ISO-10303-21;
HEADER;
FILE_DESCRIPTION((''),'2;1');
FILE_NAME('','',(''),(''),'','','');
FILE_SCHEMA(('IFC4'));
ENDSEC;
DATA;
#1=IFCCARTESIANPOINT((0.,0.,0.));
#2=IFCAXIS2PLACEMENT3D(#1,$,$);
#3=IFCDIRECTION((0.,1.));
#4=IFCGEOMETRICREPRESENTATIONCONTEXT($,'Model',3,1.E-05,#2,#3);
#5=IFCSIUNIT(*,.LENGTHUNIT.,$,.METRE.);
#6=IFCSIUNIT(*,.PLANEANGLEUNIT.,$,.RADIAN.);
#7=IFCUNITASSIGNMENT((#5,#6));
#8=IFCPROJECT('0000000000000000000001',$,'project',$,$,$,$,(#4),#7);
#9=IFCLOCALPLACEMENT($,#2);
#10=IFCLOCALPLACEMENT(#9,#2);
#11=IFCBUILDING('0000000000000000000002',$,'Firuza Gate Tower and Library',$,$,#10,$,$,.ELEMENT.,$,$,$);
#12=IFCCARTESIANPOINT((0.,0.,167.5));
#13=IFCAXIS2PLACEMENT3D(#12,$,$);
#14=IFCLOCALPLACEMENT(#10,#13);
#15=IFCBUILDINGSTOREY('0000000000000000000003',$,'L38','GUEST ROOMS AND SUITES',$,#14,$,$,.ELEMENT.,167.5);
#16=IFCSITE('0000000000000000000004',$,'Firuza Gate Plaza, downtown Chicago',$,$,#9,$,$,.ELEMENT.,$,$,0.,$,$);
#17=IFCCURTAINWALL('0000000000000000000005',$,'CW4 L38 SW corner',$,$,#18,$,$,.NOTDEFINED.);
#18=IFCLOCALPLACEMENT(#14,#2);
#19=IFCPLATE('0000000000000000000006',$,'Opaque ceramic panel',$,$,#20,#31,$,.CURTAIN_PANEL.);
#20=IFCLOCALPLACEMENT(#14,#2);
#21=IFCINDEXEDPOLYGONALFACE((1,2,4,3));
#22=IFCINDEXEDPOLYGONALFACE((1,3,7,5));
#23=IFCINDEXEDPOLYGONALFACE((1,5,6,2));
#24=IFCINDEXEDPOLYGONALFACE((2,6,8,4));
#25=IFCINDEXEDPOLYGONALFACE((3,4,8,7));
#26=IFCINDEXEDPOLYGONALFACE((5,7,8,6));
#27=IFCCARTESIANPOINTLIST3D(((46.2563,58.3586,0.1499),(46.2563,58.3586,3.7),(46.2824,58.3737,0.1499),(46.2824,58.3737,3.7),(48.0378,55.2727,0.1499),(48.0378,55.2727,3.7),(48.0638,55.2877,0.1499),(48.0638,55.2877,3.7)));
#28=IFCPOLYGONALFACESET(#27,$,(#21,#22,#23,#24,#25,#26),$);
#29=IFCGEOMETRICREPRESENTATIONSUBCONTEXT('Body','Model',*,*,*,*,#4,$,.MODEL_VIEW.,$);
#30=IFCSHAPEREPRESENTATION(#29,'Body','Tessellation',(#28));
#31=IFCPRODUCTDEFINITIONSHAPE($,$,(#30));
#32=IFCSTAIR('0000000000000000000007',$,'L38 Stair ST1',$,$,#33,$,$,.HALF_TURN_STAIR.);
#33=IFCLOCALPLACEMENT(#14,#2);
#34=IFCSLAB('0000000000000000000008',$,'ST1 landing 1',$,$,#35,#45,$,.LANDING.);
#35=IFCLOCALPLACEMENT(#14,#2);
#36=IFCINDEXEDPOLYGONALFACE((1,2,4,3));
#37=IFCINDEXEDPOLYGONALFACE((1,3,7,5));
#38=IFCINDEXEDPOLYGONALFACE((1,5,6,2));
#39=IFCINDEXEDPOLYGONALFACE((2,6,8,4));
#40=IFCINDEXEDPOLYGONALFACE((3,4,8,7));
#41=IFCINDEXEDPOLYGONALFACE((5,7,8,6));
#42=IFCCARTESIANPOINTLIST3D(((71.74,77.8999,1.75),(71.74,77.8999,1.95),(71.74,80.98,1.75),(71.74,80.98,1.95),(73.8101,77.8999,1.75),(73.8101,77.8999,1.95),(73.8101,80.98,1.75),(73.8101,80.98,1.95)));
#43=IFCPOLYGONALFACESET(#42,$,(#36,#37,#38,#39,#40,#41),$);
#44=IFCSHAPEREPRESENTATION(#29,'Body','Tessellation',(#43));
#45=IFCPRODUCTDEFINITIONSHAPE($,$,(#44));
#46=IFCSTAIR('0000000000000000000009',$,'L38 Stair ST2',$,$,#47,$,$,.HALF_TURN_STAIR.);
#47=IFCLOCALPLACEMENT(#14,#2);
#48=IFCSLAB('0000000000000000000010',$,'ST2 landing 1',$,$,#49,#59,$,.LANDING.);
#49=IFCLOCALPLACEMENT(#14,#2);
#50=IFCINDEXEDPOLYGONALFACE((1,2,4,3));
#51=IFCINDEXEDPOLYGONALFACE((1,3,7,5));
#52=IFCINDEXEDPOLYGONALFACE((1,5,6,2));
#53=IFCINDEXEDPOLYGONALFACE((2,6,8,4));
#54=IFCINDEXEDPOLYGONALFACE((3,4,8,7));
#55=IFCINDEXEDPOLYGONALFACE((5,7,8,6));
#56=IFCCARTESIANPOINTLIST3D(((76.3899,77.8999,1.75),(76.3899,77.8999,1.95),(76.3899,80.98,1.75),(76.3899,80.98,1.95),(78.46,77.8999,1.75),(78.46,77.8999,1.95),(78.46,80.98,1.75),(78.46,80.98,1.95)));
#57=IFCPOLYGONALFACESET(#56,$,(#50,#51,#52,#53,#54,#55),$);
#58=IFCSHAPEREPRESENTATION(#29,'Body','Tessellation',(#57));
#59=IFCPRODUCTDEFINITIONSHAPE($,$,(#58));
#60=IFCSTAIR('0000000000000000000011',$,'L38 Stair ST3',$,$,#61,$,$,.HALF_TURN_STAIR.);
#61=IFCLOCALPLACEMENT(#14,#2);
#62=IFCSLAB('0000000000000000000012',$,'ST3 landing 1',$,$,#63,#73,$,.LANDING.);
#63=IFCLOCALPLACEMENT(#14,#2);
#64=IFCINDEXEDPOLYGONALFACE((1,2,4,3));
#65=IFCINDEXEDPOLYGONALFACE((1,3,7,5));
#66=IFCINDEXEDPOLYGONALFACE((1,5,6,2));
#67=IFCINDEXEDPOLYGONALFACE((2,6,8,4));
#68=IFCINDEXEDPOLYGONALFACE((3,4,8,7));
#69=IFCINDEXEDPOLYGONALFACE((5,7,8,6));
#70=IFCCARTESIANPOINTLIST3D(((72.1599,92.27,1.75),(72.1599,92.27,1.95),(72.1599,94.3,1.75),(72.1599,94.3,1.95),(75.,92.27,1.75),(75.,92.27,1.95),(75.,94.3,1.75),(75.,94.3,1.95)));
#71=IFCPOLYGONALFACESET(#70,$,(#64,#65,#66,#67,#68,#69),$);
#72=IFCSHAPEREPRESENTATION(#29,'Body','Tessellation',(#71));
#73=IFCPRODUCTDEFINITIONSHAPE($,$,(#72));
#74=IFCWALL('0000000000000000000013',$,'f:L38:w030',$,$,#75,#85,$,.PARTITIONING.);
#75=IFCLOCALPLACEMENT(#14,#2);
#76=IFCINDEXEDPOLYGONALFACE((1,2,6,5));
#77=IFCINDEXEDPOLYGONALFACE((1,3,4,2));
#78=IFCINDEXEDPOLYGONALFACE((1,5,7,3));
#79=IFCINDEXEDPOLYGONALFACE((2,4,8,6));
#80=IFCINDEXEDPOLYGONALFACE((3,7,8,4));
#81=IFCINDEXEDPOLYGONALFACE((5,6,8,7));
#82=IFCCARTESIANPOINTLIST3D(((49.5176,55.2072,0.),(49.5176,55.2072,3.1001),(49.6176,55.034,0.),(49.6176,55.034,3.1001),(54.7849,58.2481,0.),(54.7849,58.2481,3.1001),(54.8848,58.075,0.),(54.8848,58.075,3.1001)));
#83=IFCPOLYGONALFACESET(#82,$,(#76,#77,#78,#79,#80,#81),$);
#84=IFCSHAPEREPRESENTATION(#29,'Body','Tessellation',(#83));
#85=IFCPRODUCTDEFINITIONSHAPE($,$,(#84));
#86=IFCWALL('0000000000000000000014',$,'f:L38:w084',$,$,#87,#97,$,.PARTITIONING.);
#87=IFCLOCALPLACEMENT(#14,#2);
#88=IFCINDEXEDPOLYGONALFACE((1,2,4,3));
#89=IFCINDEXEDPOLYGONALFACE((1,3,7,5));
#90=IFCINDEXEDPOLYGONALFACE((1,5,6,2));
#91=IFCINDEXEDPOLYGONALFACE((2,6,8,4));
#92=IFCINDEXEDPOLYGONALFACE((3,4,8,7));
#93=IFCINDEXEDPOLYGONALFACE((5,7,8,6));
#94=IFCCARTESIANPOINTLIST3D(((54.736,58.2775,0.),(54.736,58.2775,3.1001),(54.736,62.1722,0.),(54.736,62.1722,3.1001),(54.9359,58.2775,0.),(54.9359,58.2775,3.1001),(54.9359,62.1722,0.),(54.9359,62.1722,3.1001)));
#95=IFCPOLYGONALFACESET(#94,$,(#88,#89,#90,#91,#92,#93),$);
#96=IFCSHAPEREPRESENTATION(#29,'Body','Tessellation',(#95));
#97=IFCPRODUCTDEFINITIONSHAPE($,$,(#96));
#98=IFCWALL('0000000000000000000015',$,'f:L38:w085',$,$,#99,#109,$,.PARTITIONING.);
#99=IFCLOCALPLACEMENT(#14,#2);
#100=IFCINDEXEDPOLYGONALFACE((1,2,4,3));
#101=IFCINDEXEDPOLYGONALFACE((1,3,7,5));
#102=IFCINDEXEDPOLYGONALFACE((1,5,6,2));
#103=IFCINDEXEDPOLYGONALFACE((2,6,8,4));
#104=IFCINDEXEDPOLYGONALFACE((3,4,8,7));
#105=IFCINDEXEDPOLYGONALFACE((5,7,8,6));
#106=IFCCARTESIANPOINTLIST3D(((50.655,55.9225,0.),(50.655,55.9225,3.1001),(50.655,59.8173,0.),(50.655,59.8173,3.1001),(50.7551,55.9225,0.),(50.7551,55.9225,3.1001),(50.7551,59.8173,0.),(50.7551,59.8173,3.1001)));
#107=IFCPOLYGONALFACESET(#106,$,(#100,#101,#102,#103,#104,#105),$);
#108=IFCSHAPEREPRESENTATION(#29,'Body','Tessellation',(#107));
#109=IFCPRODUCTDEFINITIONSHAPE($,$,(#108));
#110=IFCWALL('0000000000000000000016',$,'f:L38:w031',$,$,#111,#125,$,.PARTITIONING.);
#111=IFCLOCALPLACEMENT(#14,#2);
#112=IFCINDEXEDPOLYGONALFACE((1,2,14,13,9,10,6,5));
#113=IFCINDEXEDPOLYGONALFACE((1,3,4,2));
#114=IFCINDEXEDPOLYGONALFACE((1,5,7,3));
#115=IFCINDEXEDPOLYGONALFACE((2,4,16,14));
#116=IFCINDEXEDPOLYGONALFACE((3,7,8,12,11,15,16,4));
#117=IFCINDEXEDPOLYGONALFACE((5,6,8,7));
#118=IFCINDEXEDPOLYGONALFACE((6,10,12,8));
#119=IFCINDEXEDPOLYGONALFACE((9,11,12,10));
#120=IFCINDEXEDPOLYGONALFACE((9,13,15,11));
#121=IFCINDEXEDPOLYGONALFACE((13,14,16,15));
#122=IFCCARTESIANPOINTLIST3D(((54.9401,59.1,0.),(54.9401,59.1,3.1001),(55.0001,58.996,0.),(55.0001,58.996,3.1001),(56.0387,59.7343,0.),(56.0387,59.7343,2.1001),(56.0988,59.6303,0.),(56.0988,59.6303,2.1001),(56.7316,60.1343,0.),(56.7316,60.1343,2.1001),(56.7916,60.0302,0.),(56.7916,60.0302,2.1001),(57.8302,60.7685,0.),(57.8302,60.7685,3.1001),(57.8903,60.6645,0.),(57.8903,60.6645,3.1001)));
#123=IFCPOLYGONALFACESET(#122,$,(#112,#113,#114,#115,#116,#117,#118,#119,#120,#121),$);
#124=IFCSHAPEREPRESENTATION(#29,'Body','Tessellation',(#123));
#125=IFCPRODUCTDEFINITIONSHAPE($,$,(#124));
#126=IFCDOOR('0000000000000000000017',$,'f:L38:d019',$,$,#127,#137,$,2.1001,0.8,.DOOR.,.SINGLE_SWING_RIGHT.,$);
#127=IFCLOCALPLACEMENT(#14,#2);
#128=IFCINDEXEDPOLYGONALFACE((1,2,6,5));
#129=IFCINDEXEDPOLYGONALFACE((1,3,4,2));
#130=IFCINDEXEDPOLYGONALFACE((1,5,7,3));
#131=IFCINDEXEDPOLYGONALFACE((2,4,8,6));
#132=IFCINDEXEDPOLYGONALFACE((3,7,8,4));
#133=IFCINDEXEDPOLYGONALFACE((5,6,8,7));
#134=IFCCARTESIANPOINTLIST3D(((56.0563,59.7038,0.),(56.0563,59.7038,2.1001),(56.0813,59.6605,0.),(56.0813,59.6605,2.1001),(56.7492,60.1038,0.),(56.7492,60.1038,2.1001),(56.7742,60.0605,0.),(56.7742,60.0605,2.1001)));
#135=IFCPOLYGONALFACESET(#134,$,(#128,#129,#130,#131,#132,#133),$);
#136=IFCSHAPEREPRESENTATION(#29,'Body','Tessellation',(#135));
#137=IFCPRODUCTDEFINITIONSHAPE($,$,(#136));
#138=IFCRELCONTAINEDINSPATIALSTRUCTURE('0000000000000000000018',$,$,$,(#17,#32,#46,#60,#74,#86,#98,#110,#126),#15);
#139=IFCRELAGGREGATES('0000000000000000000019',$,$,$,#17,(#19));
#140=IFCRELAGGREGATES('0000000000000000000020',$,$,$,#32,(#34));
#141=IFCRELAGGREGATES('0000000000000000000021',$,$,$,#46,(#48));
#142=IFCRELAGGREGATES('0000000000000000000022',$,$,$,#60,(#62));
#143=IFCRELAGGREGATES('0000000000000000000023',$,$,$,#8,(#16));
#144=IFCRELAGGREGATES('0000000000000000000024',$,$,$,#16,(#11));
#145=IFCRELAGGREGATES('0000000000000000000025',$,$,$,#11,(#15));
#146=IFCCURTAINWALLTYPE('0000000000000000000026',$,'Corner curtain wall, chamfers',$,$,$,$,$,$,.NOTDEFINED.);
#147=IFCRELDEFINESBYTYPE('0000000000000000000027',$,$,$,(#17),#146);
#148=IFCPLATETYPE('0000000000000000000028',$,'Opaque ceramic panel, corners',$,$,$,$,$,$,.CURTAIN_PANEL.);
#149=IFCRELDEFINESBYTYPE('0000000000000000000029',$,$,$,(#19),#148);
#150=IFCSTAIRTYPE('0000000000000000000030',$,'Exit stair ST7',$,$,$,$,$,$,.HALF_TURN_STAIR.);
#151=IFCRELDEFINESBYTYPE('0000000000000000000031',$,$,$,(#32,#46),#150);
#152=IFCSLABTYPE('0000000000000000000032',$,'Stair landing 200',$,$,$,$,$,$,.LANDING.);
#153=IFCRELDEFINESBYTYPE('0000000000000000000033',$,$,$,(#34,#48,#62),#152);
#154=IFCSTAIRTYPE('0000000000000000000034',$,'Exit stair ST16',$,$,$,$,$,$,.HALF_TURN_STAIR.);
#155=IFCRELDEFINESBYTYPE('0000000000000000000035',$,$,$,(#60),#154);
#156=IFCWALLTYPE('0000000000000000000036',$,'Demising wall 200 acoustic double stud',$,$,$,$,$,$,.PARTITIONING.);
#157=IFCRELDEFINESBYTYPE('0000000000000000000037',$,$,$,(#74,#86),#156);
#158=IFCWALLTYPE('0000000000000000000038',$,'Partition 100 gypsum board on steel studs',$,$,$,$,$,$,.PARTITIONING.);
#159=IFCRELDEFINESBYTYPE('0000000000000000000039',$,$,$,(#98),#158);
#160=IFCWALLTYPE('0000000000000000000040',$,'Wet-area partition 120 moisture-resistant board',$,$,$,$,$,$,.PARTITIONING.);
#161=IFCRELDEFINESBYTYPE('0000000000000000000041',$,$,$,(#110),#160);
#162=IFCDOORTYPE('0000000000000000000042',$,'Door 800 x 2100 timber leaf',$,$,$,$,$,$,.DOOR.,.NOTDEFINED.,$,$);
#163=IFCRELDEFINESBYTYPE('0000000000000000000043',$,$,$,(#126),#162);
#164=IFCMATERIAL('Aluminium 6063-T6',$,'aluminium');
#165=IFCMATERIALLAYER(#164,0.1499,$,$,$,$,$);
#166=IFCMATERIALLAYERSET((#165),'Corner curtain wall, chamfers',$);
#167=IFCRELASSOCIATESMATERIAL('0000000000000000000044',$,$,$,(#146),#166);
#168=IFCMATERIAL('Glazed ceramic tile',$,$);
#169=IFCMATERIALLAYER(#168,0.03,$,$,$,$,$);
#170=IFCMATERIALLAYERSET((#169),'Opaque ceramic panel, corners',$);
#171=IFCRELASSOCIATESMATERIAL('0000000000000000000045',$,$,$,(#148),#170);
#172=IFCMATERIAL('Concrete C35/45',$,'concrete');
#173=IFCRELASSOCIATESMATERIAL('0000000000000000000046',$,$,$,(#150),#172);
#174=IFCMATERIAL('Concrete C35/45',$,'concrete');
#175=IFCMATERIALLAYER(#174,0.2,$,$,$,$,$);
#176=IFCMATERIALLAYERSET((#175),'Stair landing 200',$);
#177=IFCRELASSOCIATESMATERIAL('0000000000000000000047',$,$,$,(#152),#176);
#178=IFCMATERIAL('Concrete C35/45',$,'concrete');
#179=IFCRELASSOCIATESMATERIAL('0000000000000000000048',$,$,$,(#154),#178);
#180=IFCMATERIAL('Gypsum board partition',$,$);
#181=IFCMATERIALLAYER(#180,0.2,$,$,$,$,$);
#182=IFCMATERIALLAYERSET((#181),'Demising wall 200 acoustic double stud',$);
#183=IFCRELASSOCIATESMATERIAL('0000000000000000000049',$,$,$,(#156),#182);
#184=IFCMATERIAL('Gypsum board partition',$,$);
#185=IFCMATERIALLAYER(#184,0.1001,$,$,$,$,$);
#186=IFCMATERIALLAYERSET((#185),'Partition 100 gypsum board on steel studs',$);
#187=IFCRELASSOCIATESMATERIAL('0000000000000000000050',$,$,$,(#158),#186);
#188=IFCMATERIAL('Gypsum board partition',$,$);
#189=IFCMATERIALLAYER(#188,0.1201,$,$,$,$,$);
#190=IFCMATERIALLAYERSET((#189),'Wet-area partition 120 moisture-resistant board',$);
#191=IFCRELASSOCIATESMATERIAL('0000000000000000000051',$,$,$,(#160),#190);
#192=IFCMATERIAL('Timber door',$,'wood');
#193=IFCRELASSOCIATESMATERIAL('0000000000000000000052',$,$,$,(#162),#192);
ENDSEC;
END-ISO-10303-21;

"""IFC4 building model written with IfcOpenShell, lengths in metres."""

from ifc_helpers import new_model, si_unit, direction, frame, frame_2d, origin, place, context, subcontext, project, spatial, polyline, rectangle, outline, extrude, material, layer, layer_set, type_object, element, fill, aggregate, save


model = new_model("IFC4")

# Units and contexts
model_context = context("Model", 3, precision=1e-05, world=origin(), true_north=direction((0.0, 1.0)))
body_context = subcontext(model_context, "Body", "Model", "MODEL_VIEW")
ifc_project = project(units=[si_unit("LENGTHUNIT", "METRE"), si_unit("PLANEANGLEUNIT", "RADIAN")], contexts=[model_context])

# Site, building, storey
site_placement = place(None, origin())
site = spatial("IfcSite", under=ifc_project, at=site_placement, Name="Firuza Gate Plaza, downtown Chicago", CompositionType="ELEMENT", RefElevation=0.0)
building_placement = place(site_placement, origin())
building = spatial("IfcBuilding", under=site, at=building_placement, Name="Firuza Gate Tower and Library", CompositionType="ELEMENT")
storey_placement = place(building_placement, frame((0.0, 0.0, 167.5)))
storey = spatial("IfcBuildingStorey", under=building, at=storey_placement, Name="L38", Description="GUEST ROOMS AND SUITES", CompositionType="ELEMENT", Elevation=167.5)

# Curtain wall
ifc_material_1 = material(Name="Aluminium 6063-T6", Category="aluminium")
ifc_layer_1 = layer(ifc_material_1, 0.1499)
ifc_layer_set_1 = layer_set([ifc_layer_1], Name="Corner curtain wall, chamfers")
curtain_wall_type = type_object("IfcCurtainWallType", Name="Corner curtain wall, chamfers", PredefinedType="NOTDEFINED", material=ifc_layer_set_1)
placement_1 = place(storey_placement, origin())
curtain_wall = element("IfcCurtainWall", 1, at=placement_1, inside=storey, type_object=curtain_wall_type, Name="CW4 L38 SW corner", PredefinedType="NOTDEFINED")

# Plate
ifc_material_2 = material(Name="Glazed ceramic tile")
ifc_layer_2 = layer(ifc_material_2, 0.03)
ifc_layer_set_2 = layer_set([ifc_layer_2], Name="Opaque ceramic panel, corners")
plate_type = type_object("IfcPlateType", Name="Opaque ceramic panel, corners", PredefinedType="CURTAIN_PANEL", material=ifc_layer_set_2)
plate_placement = place(storey_placement, frame((46.2563, 58.3586, 0.1499), z_axis=(-0.866046, -0.499964, 0.0), x_axis=(0.499964, -0.866046, 0.0)))
plate = element("IfcPlate", 2, at=plate_placement, type_object=plate_type, Name="Opaque ceramic panel", PredefinedType="CURTAIN_PANEL", context=body_context, shape_type="SweptSolid", body=[
    extrude(outline(polyline([(0.0, 0.0), (3.5632, 0.0), (3.5632, 3.55), (0.0, 3.55), (0.0, 0.0)])), origin(), (0.0, 0.0, -1.0), 0.03),
])
aggregate(curtain_wall, [plate])

# Stairs, slabs
ifc_material_3 = material(Name="Concrete C35/45", Category="concrete")
stair_type_1 = type_object("IfcStairType", Name="Exit stair ST7", PredefinedType="HALF_TURN_STAIR", material=ifc_material_3)
stair_1 = element("IfcStair", 3, at=placement_1, inside=storey, type_object=stair_type_1, Name="L38 Stair ST1", PredefinedType="HALF_TURN_STAIR")
ifc_material_4 = material(Name="Concrete C35/45", Category="concrete")
ifc_layer_3 = layer(ifc_material_4, 0.2)
ifc_layer_set_3 = layer_set([ifc_layer_3], Name="Stair landing 200")
slab_type_1 = type_object("IfcSlabType", Name="Stair landing 200", PredefinedType="LANDING", material=ifc_layer_set_3)
placement_2 = place(storey_placement, frame((0.0, 0.0, 1.75)))
slab_1 = element("IfcSlab", 4, at=placement_2, type_object=slab_type_1, Name="ST1 landing 1", PredefinedType="LANDING", context=body_context, shape_type="SweptSolid", body=[
    extrude(outline(polyline([(71.74, 77.8999), (73.8101, 77.8999), (73.8101, 80.98), (71.74, 80.98), (71.74, 77.8999)])), origin(), (0.0, 0.0, 1.0), 0.2),
])
aggregate(stair_1, [slab_1])
stair_2 = element("IfcStair", 5, at=placement_1, inside=storey, type_object=stair_type_1, Name="L38 Stair ST2", PredefinedType="HALF_TURN_STAIR")
slab_2 = element("IfcSlab", 6, at=placement_2, type_object=slab_type_1, Name="ST2 landing 1", PredefinedType="LANDING", context=body_context, shape_type="SweptSolid", body=[
    extrude(outline(polyline([(78.46, 80.98), (76.3899, 80.98), (76.3899, 77.8999), (78.46, 77.8999), (78.46, 80.98)])), origin(), (0.0, 0.0, 1.0), 0.2),
])
aggregate(stair_2, [slab_2])
ifc_material_5 = material(Name="Concrete C35/45", Category="concrete")
stair_type_2 = type_object("IfcStairType", Name="Exit stair ST16", PredefinedType="HALF_TURN_STAIR", material=ifc_material_5)
stair_3 = element("IfcStair", 7, at=placement_1, inside=storey, type_object=stair_type_2, Name="L38 Stair ST3", PredefinedType="HALF_TURN_STAIR")
slab_3 = element("IfcSlab", 8, at=placement_2, type_object=slab_type_1, Name="ST3 landing 1", PredefinedType="LANDING", context=body_context, shape_type="SweptSolid", body=[
    extrude(outline(polyline([(75.0, 92.27), (75.0, 94.3), (72.1599, 94.3), (72.1599, 92.27), (75.0, 92.27)])), origin(), (0.0, 0.0, 1.0), 0.2),
])
aggregate(stair_3, [slab_3])

# Walls
ifc_material_6 = material(Name="Gypsum board partition")
ifc_layer_4 = layer(ifc_material_6, 0.2)
ifc_layer_set_4 = layer_set([ifc_layer_4], Name="Demising wall 200 acoustic double stud")
wall_type_1 = type_object("IfcWallType", Name="Demising wall 200 acoustic double stud", PredefinedType="PARTITIONING", material=ifc_layer_set_4)
wall_1_placement = place(storey_placement, frame((49.5676, 55.1206, 0.0), z_axis=(0.0, 0.0, 1.0), x_axis=(0.866031, 0.49999, 0.0)))
element("IfcWall", 9, at=wall_1_placement, inside=storey, type_object=wall_type_1, Name="f:L38:w030", PredefinedType="PARTITIONING", context=body_context, shape_type="SweptSolid", body=[
    extrude(rectangle(XDim=6.082, YDim=0.2, at=frame_2d((3.041, 0.0))), origin(), (0.0, 0.0, 1.0), 3.1001),
])
wall_2_placement = place(storey_placement, frame((54.8359, 58.2776, 0.0), z_axis=(0.0, 0.0, 1.0), x_axis=(0.0, 1.0, 0.0)))
element("IfcWall", 10, at=wall_2_placement, inside=storey, type_object=wall_type_1, Name="f:L38:w084", PredefinedType="PARTITIONING", context=body_context, shape_type="SweptSolid", body=[
    extrude(rectangle(XDim=3.8948, YDim=0.2, at=frame_2d((1.9473, 0.0))), origin(), (0.0, 0.0, 1.0), 3.1001),
])
ifc_material_7 = material(Name="Gypsum board partition")
ifc_layer_5 = layer(ifc_material_7, 0.1001)
ifc_layer_set_5 = layer_set([ifc_layer_5], Name="Partition 100 gypsum board on steel studs")
wall_type_2 = type_object("IfcWallType", Name="Partition 100 gypsum board on steel studs", PredefinedType="PARTITIONING", material=ifc_layer_set_5)
wall_3_placement = place(storey_placement, frame((50.7051, 55.9226, 0.0), z_axis=(0.0, 0.0, 1.0), x_axis=(0.0, 1.0, 0.0)))
element("IfcWall", 11, at=wall_3_placement, inside=storey, type_object=wall_type_2, Name="f:L38:w085", PredefinedType="PARTITIONING", context=body_context, shape_type="SweptSolid", body=[
    extrude(rectangle(XDim=3.8948, YDim=0.1001, at=frame_2d((1.9473, 0.0))), origin(), (0.0, 0.0, 1.0), 3.1001),
])

# Wall, opening, door
ifc_material_8 = material(Name="Gypsum board partition")
ifc_layer_6 = layer(ifc_material_8, 0.1201)
ifc_layer_set_6 = layer_set([ifc_layer_6], Name="Wet-area partition 120 moisture-resistant board")
wall_type_3 = type_object("IfcWallType", Name="Wet-area partition 120 moisture-resistant board", PredefinedType="PARTITIONING", material=ifc_layer_set_6)
wall_4_placement = place(storey_placement, frame((54.9702, 59.0481, 0.0), z_axis=(0.0, 0.0, 1.0), x_axis=(0.866047, 0.499963, 0.0)))
wall_4 = element("IfcWall", 12, at=wall_4_placement, inside=storey, type_object=wall_type_3, Name="f:L38:w031", PredefinedType="PARTITIONING", context=body_context, shape_type="SweptSolid", body=[
    extrude(rectangle(XDim=3.3372, YDim=0.1201, at=frame_2d((1.6685, 0.0))), origin(), (0.0, 0.0, 1.0), 3.1001),
])
opening_placement = place(wall_4_placement, frame((1.2686, 0.0, 0.0)))
opening = element("IfcOpeningElement", 13, at=opening_placement, cuts=wall_4, PredefinedType="OPENING", context=body_context, shape_type="SweptSolid", body=[
    extrude(rectangle(XDim=0.8, YDim=2.1001, at=frame_2d((0.3999, 1.05))), frame((0.0, 0.0701, 0.0), z_axis=(0.0, -1.0, 0.0), x_axis=(1.0, 0.0, 0.0)), (0.0, 0.0, 1.0), 0.1401),
])
ifc_material_9 = material(Name="Timber door", Category="wood")
door_type = type_object("IfcDoorType", Name="Door 800 x 2100 timber leaf", OperationType="NOTDEFINED", PredefinedType="DOOR", material=ifc_material_9)
door_placement = place(opening_placement, origin())
door = element("IfcDoor", 14, at=door_placement, inside=storey, type_object=door_type, Name="f:L38:d019", OperationType="SINGLE_SWING_RIGHT", OverallHeight=2.1001, OverallWidth=0.8, PredefinedType="DOOR", context=body_context, shape_type="SweptSolid", body=[
    extrude(rectangle(XDim=0.8, YDim=2.1001, at=frame_2d((0.3999, 1.05))), frame((0.0, 0.0249, 0.0), z_axis=(0.0, -1.0, 0.0), x_axis=(1.0, 0.0, 0.0)), (0.0, 0.0, 1.0), 0.05),
])
fill(opening, door)

save(model, "model.ifc")
